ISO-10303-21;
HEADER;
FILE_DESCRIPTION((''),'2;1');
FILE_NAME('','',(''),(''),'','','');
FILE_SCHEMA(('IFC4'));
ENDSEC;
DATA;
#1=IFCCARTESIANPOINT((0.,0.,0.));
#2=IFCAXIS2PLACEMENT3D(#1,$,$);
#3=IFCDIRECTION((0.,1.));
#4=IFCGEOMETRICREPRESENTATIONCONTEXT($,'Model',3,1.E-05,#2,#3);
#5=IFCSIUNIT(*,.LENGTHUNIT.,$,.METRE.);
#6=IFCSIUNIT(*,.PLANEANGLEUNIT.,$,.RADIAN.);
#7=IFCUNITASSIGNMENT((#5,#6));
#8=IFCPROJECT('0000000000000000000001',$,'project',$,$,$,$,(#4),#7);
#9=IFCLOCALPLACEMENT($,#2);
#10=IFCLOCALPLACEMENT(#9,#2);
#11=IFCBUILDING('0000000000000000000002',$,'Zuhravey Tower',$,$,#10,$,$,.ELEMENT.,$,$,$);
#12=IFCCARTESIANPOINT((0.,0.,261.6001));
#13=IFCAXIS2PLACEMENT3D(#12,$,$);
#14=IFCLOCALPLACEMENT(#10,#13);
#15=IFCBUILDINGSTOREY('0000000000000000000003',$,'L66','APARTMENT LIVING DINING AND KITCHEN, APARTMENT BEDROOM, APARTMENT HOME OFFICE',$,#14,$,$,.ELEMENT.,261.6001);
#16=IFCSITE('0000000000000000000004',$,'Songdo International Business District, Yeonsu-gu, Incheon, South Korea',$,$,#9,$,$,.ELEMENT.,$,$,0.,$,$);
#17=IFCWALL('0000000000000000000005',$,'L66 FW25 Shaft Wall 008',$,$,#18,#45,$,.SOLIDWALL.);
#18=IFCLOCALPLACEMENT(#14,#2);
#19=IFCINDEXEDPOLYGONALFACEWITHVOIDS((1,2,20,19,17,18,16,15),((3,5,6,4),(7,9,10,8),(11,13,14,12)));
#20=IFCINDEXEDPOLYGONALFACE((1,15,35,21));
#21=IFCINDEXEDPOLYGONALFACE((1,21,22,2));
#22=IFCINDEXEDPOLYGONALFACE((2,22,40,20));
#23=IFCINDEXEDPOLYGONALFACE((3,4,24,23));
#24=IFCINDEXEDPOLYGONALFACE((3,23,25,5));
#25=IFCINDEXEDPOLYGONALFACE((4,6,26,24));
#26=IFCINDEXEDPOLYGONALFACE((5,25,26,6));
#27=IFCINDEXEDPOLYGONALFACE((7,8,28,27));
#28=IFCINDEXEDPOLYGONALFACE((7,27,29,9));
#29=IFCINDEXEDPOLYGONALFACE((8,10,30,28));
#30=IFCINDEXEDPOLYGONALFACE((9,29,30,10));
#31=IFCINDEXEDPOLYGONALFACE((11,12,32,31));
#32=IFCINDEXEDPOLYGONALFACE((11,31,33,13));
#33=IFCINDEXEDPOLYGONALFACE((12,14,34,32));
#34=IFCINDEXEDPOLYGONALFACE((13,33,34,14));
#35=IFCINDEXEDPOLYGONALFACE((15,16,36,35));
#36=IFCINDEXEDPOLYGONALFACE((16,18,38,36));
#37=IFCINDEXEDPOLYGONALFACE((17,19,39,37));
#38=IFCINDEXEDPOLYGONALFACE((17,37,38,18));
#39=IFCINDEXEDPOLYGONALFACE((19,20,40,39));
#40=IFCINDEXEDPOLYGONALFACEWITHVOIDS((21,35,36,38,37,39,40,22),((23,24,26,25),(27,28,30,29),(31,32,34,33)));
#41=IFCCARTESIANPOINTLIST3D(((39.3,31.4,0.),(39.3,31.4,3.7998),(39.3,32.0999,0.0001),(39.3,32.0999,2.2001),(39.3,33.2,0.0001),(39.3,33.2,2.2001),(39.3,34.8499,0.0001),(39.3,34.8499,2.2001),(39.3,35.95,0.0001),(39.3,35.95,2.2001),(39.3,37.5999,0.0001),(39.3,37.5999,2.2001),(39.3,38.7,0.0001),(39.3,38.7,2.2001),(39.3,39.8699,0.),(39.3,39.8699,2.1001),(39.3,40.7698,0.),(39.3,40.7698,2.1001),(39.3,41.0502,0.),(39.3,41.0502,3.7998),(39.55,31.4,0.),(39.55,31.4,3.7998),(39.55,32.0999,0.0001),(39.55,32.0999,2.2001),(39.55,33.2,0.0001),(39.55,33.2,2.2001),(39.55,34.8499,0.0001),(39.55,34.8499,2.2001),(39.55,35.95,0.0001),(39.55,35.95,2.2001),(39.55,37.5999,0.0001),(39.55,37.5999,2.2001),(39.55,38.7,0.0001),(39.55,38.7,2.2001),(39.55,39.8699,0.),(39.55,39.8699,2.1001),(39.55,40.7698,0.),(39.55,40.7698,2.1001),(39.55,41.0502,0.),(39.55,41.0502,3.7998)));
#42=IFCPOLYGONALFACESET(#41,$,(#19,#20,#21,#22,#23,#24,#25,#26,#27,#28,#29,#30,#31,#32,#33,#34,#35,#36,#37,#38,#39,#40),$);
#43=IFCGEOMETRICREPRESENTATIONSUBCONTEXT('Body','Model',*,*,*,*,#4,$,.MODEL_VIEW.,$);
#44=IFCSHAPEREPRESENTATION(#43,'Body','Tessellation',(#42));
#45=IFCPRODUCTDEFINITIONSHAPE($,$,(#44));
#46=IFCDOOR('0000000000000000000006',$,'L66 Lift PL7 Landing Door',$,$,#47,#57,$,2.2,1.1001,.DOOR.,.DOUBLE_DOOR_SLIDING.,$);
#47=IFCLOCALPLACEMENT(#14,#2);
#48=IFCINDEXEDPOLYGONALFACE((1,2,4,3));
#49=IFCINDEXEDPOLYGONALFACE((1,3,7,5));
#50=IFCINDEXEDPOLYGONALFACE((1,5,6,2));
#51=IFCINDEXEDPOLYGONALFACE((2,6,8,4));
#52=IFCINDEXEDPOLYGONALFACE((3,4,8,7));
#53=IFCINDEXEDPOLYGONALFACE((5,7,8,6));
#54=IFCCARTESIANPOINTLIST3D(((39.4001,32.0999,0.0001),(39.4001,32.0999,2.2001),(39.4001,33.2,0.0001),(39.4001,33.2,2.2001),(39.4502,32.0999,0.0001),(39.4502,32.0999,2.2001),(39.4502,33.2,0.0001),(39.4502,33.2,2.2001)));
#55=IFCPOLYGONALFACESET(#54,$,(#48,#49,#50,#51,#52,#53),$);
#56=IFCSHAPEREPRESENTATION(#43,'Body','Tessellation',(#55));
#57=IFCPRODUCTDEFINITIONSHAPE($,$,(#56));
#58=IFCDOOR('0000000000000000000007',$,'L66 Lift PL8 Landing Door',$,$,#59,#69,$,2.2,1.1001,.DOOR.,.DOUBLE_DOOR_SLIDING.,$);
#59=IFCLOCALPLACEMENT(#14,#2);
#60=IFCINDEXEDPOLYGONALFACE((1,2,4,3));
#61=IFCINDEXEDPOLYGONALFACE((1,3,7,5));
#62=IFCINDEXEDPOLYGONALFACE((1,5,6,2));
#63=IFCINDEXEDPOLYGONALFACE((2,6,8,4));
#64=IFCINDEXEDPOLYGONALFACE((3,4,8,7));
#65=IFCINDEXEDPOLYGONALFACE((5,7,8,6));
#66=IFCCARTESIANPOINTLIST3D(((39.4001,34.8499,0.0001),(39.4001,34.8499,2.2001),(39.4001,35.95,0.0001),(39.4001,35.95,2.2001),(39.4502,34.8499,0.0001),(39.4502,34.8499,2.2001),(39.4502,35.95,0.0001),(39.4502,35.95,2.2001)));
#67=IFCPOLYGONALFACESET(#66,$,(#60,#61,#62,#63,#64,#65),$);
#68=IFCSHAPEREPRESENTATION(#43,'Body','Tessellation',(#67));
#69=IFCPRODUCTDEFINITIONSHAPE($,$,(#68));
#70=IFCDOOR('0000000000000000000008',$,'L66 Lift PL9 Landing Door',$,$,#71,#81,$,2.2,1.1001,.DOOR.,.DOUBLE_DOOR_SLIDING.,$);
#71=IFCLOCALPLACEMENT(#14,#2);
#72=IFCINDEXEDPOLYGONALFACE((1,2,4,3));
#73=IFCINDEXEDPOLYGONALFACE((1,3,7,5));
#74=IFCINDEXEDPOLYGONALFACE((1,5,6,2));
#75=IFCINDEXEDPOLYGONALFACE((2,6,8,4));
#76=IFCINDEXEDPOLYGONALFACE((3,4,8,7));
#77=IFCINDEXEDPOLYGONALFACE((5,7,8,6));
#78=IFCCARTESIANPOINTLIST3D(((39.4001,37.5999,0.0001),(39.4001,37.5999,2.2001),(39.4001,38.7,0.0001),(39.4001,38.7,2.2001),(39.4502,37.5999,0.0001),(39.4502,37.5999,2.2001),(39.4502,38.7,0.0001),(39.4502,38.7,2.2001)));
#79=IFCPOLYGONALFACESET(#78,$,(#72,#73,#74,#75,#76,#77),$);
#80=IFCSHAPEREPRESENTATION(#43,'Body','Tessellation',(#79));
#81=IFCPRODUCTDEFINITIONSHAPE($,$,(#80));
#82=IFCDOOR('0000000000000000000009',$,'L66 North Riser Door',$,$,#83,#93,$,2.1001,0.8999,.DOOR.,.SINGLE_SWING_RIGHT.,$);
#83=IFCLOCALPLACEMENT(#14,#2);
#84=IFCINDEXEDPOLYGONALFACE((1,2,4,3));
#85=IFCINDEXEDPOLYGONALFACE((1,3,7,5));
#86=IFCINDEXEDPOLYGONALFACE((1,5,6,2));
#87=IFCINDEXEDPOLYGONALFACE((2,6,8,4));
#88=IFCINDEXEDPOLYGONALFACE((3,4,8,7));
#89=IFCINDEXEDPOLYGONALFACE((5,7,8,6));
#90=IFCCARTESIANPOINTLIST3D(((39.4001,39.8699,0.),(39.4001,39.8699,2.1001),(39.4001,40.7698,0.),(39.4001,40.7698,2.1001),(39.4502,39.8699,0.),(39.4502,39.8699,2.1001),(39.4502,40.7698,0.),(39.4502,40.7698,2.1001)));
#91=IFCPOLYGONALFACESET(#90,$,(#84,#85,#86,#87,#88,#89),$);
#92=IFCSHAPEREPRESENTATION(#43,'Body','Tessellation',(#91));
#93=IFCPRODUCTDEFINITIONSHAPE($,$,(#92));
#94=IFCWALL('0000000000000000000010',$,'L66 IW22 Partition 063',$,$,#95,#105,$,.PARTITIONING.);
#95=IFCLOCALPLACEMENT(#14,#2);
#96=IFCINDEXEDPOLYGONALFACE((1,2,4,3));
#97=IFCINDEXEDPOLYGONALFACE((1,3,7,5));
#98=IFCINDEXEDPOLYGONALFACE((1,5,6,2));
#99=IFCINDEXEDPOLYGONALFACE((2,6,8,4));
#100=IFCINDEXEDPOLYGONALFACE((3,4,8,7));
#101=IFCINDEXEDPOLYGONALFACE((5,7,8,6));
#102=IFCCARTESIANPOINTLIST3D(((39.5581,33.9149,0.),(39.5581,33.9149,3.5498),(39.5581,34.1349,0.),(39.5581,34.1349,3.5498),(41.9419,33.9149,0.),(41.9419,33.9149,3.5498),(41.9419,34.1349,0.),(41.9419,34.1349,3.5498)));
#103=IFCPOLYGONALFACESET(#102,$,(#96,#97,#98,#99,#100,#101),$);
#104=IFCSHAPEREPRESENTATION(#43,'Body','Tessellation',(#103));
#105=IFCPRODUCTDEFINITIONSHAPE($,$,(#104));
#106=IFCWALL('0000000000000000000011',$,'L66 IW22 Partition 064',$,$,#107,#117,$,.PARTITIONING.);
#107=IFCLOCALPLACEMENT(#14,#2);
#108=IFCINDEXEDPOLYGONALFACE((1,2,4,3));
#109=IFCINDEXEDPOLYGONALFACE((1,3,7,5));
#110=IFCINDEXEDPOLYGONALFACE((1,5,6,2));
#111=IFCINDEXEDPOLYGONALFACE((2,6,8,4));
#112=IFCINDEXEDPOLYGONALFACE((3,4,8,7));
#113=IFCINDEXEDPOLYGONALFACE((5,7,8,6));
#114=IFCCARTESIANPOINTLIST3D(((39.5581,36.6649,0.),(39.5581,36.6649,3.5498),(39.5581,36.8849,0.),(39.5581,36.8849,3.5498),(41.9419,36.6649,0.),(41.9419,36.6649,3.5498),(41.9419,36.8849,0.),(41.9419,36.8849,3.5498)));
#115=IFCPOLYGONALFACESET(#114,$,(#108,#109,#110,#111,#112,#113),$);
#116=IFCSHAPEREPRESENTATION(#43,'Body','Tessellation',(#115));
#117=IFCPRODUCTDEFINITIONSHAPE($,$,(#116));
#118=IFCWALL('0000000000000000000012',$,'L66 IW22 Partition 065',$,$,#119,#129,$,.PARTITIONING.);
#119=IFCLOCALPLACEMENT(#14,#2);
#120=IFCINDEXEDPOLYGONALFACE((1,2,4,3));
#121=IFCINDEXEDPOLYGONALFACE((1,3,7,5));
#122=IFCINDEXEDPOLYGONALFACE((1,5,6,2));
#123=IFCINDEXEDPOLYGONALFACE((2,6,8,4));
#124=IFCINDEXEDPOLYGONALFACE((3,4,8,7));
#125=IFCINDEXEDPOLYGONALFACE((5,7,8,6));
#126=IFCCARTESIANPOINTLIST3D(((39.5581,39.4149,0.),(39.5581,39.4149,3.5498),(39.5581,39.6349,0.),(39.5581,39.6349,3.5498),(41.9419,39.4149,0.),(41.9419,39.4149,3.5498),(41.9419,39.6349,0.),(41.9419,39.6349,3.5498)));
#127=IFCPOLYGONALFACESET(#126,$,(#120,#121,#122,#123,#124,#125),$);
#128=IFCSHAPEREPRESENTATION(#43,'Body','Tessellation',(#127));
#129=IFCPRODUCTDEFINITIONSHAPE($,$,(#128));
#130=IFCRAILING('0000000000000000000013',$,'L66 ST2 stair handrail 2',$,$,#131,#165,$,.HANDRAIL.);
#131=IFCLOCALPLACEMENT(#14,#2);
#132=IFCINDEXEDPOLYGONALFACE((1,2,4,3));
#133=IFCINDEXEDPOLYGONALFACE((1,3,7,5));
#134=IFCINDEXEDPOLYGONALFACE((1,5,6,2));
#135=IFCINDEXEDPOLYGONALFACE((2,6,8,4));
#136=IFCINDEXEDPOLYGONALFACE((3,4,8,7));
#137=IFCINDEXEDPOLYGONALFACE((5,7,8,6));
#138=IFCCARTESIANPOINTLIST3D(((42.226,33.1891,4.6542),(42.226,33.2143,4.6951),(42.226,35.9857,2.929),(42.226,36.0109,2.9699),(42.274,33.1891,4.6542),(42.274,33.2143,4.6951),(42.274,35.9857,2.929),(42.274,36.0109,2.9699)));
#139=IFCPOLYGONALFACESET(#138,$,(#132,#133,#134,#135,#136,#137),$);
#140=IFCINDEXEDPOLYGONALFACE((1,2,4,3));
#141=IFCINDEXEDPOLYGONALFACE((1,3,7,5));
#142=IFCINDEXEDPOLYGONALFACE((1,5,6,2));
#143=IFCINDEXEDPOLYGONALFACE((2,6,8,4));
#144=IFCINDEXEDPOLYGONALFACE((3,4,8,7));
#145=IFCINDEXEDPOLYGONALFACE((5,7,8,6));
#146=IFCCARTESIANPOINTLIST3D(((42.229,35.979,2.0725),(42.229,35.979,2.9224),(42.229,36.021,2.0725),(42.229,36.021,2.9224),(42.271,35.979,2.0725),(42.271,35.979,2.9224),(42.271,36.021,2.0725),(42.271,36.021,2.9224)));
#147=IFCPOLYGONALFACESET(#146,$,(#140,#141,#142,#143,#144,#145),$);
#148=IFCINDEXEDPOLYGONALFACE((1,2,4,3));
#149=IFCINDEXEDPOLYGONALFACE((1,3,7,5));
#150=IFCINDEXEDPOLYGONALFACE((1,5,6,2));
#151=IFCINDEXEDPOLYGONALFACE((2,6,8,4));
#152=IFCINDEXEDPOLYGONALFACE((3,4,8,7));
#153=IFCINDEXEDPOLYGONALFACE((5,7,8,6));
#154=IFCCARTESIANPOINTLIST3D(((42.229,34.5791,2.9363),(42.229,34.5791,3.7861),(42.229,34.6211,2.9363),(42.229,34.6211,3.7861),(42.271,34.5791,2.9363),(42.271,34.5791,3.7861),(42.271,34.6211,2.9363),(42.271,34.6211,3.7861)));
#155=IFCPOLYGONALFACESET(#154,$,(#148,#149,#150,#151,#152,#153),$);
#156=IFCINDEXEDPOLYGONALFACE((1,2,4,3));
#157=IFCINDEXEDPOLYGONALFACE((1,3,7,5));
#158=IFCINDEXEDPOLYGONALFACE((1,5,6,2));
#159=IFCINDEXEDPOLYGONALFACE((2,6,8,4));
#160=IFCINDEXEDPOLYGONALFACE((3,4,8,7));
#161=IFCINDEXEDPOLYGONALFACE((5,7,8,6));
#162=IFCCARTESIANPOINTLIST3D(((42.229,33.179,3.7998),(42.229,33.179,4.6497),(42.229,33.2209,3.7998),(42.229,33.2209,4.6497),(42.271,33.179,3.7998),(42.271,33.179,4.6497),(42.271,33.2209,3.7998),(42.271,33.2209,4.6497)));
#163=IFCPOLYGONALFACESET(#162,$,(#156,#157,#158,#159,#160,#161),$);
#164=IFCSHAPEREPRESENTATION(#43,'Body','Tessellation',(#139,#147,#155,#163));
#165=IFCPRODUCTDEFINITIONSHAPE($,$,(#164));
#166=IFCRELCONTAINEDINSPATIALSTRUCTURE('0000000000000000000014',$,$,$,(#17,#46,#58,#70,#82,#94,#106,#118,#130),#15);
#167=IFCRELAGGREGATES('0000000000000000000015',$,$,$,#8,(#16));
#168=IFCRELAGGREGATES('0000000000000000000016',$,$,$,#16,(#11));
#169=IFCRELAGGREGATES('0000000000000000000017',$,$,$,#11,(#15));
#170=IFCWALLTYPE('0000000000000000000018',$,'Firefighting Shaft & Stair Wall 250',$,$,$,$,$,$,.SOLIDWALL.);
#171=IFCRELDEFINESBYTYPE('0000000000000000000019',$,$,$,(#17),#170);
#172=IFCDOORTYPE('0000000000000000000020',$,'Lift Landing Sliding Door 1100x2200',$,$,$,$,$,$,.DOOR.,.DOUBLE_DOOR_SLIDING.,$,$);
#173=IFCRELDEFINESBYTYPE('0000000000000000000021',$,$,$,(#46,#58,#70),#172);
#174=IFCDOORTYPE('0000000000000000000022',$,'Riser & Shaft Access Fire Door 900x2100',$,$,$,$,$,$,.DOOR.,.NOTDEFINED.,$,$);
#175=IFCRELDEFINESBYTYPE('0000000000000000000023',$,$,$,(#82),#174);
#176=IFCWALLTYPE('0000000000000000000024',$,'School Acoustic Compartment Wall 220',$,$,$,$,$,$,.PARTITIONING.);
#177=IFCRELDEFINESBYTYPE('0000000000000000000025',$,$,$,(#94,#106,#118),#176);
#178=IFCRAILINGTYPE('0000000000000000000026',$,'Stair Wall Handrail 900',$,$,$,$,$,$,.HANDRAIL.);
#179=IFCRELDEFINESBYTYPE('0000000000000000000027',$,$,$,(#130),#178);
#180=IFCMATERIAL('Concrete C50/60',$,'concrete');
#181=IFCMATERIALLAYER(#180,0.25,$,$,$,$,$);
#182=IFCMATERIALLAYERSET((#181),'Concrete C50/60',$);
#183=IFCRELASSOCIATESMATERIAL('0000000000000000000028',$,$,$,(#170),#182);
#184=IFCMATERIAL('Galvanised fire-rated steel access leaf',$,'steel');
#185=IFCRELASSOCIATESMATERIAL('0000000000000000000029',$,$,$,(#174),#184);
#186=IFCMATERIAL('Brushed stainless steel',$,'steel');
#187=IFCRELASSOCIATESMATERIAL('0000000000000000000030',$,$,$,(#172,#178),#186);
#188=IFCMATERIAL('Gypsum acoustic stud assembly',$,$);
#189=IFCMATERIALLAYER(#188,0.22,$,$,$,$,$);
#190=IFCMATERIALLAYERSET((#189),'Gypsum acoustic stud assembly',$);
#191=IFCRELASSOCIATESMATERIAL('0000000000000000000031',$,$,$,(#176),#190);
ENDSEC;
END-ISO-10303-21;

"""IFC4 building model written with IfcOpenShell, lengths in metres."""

from ifc_helpers import new_model, si_unit, direction, frame, frame_2d, origin, origin_2d, place, context, subcontext, project, spatial, rectangle, extrude, material, layer, layer_set, type_object, element, fill, save


model = new_model("IFC4")

# Units and contexts
model_context = context("Model", 3, precision=1e-05, world=origin(), true_north=direction((0.0, 1.0)))
body_context = subcontext(model_context, "Body", "Model", "MODEL_VIEW")
ifc_project = project(units=[si_unit("LENGTHUNIT", "METRE"), si_unit("PLANEANGLEUNIT", "RADIAN")], contexts=[model_context])

# Site, building, storey
site_placement = place(None, origin())
site = spatial("IfcSite", under=ifc_project, at=site_placement, Name="Songdo International Business District, Yeonsu-gu, Incheon, South Korea", CompositionType="ELEMENT", RefElevation=0.0)
building_placement = place(site_placement, origin())
building = spatial("IfcBuilding", under=site, at=building_placement, Name="Zuhravey Tower", CompositionType="ELEMENT")
storey_placement = place(building_placement, frame((0.0, 0.0, 261.6001)))
storey = spatial("IfcBuildingStorey", under=building, at=storey_placement, Name="L66", Description="APARTMENT LIVING DINING AND KITCHEN, APARTMENT BEDROOM, APARTMENT HOME OFFICE", CompositionType="ELEMENT", Elevation=261.6001)

# Shared definitions
ifc_material_1 = material(Name="Concrete C50/60", Category="concrete")

# Shared definitions
ifc_layer_1 = layer(ifc_material_1, 0.25)
ifc_layer_set_1 = layer_set([ifc_layer_1], Name="Concrete C50/60")
wall_type_1 = type_object("IfcWallType", Name="Firefighting Shaft & Stair Wall 250", PredefinedType="SOLIDWALL", material=ifc_layer_set_1)

# Wall, openings, doors
ifc_material_2 = material(Name="Galvanised fire-rated steel access leaf", Category="steel")
door_type_1 = type_object("IfcDoorType", Name="Riser & Shaft Access Fire Door 900x2100", OperationType="NOTDEFINED", PredefinedType="DOOR", material=ifc_material_2)
wall_1_placement = place(storey_placement, frame((39.425, 31.3999, 0.0), z_axis=(0.0, 0.0, 1.0), x_axis=(0.0, 1.0, 0.0)))
wall_1 = element("IfcWall", 1, at=wall_1_placement, inside=storey, type_object=wall_type_1, Name="L66 FW25 Shaft Wall 008", PredefinedType="SOLIDWALL", context=body_context, shape_type="SweptSolid", body=[
    extrude(rectangle(XDim=9.6501, YDim=0.25, at=frame_2d((4.8252, 0.0))), origin(), (0.0, 0.0, 1.0), 3.7998),
])
opening_1_placement = place(wall_1_placement, frame((0.7, 0.0, 0.0)))
opening_1 = element("IfcOpeningElement", 2, at=opening_1_placement, cuts=wall_1, PredefinedType="OPENING", context=body_context, shape_type="SweptSolid", body=[
    extrude(rectangle(XDim=1.1001, YDim=2.2, at=frame_2d((0.55, 1.1001))), frame((0.0, 0.137, 0.0), z_axis=(0.0, -1.0, 0.0), x_axis=(1.0, 0.0, 0.0)), (0.0, 0.0, 1.0), 0.2739),
])
opening_2_placement = place(wall_1_placement, frame((3.45, 0.0, 0.0)))
opening_2 = element("IfcOpeningElement", 3, at=opening_2_placement, cuts=wall_1, PredefinedType="OPENING", context=body_context, shape_type="SweptSolid", body=[
    extrude(rectangle(XDim=1.1001, YDim=2.2, at=frame_2d((0.55, 1.1001))), frame((0.0, 0.137, 0.0), z_axis=(0.0, -1.0, 0.0), x_axis=(1.0, 0.0, 0.0)), (0.0, 0.0, 1.0), 0.2739),
])
opening_3_placement = place(wall_1_placement, frame((6.2, 0.0, 0.0)))
opening_3 = element("IfcOpeningElement", 4, at=opening_3_placement, cuts=wall_1, PredefinedType="OPENING", context=body_context, shape_type="SweptSolid", body=[
    extrude(rectangle(XDim=1.1001, YDim=2.2, at=frame_2d((0.55, 1.1001))), frame((0.0, 0.137, 0.0), z_axis=(0.0, -1.0, 0.0), x_axis=(1.0, 0.0, 0.0)), (0.0, 0.0, 1.0), 0.2739),
])
opening_4_placement = place(wall_1_placement, frame((8.47, 0.0, 0.0)))
opening_4 = element("IfcOpeningElement", 5, at=opening_4_placement, cuts=wall_1, PredefinedType="OPENING", context=body_context, shape_type="SweptSolid", body=[
    extrude(rectangle(XDim=0.8999, YDim=2.1001, at=frame_2d((0.45, 1.05))), frame((0.0, 0.137, 0.0), z_axis=(0.0, -1.0, 0.0), x_axis=(1.0, 0.0, 0.0)), (0.0, 0.0, 1.0), 0.2739),
])
ifc_material_3 = material(Name="Brushed stainless steel", Category="steel")
door_type_2 = type_object("IfcDoorType", Name="Lift Landing Sliding Door 1100x2200", OperationType="DOUBLE_DOOR_SLIDING", PredefinedType="DOOR", material=ifc_material_3)
door_1_placement = place(opening_1_placement, origin())
door_1 = element("IfcDoor", 6, at=door_1_placement, inside=storey, type_object=door_type_2, Name="L66 Lift PL7 Landing Door", OperationType="DOUBLE_DOOR_SLIDING", OverallHeight=2.2, OverallWidth=1.1001, PredefinedType="DOOR", context=body_context, shape_type="SweptSolid", body=[
    extrude(rectangle(XDim=1.1001, YDim=2.2, at=frame_2d((0.55, 1.1001))), frame((0.0, 0.0249, 0.0), z_axis=(0.0, -1.0, 0.0), x_axis=(1.0, 0.0, 0.0)), (0.0, 0.0, 1.0), 0.05),
])
fill(opening_1, door_1)
door_2_placement = place(opening_2_placement, origin())
door_2 = element("IfcDoor", 7, at=door_2_placement, inside=storey, type_object=door_type_2, Name="L66 Lift PL8 Landing Door", OperationType="DOUBLE_DOOR_SLIDING", OverallHeight=2.2, OverallWidth=1.1001, PredefinedType="DOOR", context=body_context, shape_type="SweptSolid", body=[
    extrude(rectangle(XDim=1.1001, YDim=2.2, at=frame_2d((0.55, 1.1001))), frame((0.0, 0.0249, 0.0), z_axis=(0.0, -1.0, 0.0), x_axis=(1.0, 0.0, 0.0)), (0.0, 0.0, 1.0), 0.05),
])
fill(opening_2, door_2)
door_3_placement = place(opening_3_placement, origin())
door_3 = element("IfcDoor", 8, at=door_3_placement, inside=storey, type_object=door_type_2, Name="L66 Lift PL9 Landing Door", OperationType="DOUBLE_DOOR_SLIDING", OverallHeight=2.2, OverallWidth=1.1001, PredefinedType="DOOR", context=body_context, shape_type="SweptSolid", body=[
    extrude(rectangle(XDim=1.1001, YDim=2.2, at=frame_2d((0.55, 1.1001))), frame((0.0, 0.0249, 0.0), z_axis=(0.0, -1.0, 0.0), x_axis=(1.0, 0.0, 0.0)), (0.0, 0.0, 1.0), 0.05),
])
fill(opening_3, door_3)
door_4_placement = place(opening_4_placement, origin())
door_4 = element("IfcDoor", 9, at=door_4_placement, inside=storey, type_object=door_type_1, Name="L66 North Riser Door", OperationType="SINGLE_SWING_RIGHT", OverallHeight=2.1001, OverallWidth=0.8999, PredefinedType="DOOR", context=body_context, shape_type="SweptSolid", body=[
    extrude(rectangle(XDim=0.8999, YDim=2.1001, at=frame_2d((0.45, 1.05))), frame((0.0, 0.0249, 0.0), z_axis=(0.0, -1.0, 0.0), x_axis=(1.0, 0.0, 0.0)), (0.0, 0.0, 1.0), 0.05),
])
fill(opening_4, door_4)

# Walls
ifc_material_4 = material(Name="Gypsum acoustic stud assembly")
ifc_layer_2 = layer(ifc_material_4, 0.22)
ifc_layer_set_2 = layer_set([ifc_layer_2], Name="Gypsum acoustic stud assembly")
wall_type_2 = type_object("IfcWallType", Name="School Acoustic Compartment Wall 220", PredefinedType="PARTITIONING", material=ifc_layer_set_2)
for number, where, z_axis, x_axis, name in (
    (10, (39.5581, 34.0249, 0.0), (0.0, 0.0, 1.0), (1.0, 0.0, 0.0), "L66 IW22 Partition 063"),
    (11, (39.5581, 36.7749, 0.0), (0.0, 0.0, 1.0), (1.0, 0.0, 0.0), "L66 IW22 Partition 064"),
    (12, (39.5581, 39.5249, 0.0), (0.0, 0.0, 1.0), (1.0, 0.0, 0.0), "L66 IW22 Partition 065"),
):
    element("IfcWall", number, at=place(storey_placement, frame(where, z_axis=z_axis, x_axis=x_axis)), inside=storey, type_object=wall_type_2, Name=name, PredefinedType="PARTITIONING", context=body_context, shape_type="SweptSolid", body=[
        extrude(rectangle(XDim=2.3838, YDim=0.22, at=frame_2d((1.1919, 0.0))), origin(), (0.0, 0.0, 1.0), 3.5498),
    ])

# Railing
railing_type = type_object("IfcRailingType", Name="Stair Wall Handrail 900", PredefinedType="HANDRAIL", material=ifc_material_3)
railing_placement = place(storey_placement, frame((42.25, 36.0, 2.0725)))
element("IfcRailing", 13, at=railing_placement, inside=storey, type_object=railing_type, Name="L66 ST2 stair handrail 2", PredefinedType="HANDRAIL", context=body_context, shape_type="SweptSolid", body=[
    extrude(rectangle(XDim=0.0481, YDim=0.0481, at=origin_2d()), frame((0.0, -0.0017, 0.877), z_axis=(0.0, -0.85109, 0.52502), x_axis=(1.0, 0.0, 0.0)), (0.0, 0.0, 1.0), 3.2859),
    extrude(rectangle(XDim=0.042, YDim=0.042, at=origin_2d()), origin(), (0.0, 0.0, 1.0), 0.8499),
    extrude(rectangle(XDim=0.042, YDim=0.042, at=origin_2d()), frame((0.0, -1.3999, 0.8638)), (0.0, 0.0, 1.0), 0.8499),
    extrude(rectangle(XDim=0.042, YDim=0.042, at=origin_2d()), frame((0.0, -2.8, 1.7273)), (0.0, 0.0, 1.0), 0.8499),
])

save(model, "model.ifc")
